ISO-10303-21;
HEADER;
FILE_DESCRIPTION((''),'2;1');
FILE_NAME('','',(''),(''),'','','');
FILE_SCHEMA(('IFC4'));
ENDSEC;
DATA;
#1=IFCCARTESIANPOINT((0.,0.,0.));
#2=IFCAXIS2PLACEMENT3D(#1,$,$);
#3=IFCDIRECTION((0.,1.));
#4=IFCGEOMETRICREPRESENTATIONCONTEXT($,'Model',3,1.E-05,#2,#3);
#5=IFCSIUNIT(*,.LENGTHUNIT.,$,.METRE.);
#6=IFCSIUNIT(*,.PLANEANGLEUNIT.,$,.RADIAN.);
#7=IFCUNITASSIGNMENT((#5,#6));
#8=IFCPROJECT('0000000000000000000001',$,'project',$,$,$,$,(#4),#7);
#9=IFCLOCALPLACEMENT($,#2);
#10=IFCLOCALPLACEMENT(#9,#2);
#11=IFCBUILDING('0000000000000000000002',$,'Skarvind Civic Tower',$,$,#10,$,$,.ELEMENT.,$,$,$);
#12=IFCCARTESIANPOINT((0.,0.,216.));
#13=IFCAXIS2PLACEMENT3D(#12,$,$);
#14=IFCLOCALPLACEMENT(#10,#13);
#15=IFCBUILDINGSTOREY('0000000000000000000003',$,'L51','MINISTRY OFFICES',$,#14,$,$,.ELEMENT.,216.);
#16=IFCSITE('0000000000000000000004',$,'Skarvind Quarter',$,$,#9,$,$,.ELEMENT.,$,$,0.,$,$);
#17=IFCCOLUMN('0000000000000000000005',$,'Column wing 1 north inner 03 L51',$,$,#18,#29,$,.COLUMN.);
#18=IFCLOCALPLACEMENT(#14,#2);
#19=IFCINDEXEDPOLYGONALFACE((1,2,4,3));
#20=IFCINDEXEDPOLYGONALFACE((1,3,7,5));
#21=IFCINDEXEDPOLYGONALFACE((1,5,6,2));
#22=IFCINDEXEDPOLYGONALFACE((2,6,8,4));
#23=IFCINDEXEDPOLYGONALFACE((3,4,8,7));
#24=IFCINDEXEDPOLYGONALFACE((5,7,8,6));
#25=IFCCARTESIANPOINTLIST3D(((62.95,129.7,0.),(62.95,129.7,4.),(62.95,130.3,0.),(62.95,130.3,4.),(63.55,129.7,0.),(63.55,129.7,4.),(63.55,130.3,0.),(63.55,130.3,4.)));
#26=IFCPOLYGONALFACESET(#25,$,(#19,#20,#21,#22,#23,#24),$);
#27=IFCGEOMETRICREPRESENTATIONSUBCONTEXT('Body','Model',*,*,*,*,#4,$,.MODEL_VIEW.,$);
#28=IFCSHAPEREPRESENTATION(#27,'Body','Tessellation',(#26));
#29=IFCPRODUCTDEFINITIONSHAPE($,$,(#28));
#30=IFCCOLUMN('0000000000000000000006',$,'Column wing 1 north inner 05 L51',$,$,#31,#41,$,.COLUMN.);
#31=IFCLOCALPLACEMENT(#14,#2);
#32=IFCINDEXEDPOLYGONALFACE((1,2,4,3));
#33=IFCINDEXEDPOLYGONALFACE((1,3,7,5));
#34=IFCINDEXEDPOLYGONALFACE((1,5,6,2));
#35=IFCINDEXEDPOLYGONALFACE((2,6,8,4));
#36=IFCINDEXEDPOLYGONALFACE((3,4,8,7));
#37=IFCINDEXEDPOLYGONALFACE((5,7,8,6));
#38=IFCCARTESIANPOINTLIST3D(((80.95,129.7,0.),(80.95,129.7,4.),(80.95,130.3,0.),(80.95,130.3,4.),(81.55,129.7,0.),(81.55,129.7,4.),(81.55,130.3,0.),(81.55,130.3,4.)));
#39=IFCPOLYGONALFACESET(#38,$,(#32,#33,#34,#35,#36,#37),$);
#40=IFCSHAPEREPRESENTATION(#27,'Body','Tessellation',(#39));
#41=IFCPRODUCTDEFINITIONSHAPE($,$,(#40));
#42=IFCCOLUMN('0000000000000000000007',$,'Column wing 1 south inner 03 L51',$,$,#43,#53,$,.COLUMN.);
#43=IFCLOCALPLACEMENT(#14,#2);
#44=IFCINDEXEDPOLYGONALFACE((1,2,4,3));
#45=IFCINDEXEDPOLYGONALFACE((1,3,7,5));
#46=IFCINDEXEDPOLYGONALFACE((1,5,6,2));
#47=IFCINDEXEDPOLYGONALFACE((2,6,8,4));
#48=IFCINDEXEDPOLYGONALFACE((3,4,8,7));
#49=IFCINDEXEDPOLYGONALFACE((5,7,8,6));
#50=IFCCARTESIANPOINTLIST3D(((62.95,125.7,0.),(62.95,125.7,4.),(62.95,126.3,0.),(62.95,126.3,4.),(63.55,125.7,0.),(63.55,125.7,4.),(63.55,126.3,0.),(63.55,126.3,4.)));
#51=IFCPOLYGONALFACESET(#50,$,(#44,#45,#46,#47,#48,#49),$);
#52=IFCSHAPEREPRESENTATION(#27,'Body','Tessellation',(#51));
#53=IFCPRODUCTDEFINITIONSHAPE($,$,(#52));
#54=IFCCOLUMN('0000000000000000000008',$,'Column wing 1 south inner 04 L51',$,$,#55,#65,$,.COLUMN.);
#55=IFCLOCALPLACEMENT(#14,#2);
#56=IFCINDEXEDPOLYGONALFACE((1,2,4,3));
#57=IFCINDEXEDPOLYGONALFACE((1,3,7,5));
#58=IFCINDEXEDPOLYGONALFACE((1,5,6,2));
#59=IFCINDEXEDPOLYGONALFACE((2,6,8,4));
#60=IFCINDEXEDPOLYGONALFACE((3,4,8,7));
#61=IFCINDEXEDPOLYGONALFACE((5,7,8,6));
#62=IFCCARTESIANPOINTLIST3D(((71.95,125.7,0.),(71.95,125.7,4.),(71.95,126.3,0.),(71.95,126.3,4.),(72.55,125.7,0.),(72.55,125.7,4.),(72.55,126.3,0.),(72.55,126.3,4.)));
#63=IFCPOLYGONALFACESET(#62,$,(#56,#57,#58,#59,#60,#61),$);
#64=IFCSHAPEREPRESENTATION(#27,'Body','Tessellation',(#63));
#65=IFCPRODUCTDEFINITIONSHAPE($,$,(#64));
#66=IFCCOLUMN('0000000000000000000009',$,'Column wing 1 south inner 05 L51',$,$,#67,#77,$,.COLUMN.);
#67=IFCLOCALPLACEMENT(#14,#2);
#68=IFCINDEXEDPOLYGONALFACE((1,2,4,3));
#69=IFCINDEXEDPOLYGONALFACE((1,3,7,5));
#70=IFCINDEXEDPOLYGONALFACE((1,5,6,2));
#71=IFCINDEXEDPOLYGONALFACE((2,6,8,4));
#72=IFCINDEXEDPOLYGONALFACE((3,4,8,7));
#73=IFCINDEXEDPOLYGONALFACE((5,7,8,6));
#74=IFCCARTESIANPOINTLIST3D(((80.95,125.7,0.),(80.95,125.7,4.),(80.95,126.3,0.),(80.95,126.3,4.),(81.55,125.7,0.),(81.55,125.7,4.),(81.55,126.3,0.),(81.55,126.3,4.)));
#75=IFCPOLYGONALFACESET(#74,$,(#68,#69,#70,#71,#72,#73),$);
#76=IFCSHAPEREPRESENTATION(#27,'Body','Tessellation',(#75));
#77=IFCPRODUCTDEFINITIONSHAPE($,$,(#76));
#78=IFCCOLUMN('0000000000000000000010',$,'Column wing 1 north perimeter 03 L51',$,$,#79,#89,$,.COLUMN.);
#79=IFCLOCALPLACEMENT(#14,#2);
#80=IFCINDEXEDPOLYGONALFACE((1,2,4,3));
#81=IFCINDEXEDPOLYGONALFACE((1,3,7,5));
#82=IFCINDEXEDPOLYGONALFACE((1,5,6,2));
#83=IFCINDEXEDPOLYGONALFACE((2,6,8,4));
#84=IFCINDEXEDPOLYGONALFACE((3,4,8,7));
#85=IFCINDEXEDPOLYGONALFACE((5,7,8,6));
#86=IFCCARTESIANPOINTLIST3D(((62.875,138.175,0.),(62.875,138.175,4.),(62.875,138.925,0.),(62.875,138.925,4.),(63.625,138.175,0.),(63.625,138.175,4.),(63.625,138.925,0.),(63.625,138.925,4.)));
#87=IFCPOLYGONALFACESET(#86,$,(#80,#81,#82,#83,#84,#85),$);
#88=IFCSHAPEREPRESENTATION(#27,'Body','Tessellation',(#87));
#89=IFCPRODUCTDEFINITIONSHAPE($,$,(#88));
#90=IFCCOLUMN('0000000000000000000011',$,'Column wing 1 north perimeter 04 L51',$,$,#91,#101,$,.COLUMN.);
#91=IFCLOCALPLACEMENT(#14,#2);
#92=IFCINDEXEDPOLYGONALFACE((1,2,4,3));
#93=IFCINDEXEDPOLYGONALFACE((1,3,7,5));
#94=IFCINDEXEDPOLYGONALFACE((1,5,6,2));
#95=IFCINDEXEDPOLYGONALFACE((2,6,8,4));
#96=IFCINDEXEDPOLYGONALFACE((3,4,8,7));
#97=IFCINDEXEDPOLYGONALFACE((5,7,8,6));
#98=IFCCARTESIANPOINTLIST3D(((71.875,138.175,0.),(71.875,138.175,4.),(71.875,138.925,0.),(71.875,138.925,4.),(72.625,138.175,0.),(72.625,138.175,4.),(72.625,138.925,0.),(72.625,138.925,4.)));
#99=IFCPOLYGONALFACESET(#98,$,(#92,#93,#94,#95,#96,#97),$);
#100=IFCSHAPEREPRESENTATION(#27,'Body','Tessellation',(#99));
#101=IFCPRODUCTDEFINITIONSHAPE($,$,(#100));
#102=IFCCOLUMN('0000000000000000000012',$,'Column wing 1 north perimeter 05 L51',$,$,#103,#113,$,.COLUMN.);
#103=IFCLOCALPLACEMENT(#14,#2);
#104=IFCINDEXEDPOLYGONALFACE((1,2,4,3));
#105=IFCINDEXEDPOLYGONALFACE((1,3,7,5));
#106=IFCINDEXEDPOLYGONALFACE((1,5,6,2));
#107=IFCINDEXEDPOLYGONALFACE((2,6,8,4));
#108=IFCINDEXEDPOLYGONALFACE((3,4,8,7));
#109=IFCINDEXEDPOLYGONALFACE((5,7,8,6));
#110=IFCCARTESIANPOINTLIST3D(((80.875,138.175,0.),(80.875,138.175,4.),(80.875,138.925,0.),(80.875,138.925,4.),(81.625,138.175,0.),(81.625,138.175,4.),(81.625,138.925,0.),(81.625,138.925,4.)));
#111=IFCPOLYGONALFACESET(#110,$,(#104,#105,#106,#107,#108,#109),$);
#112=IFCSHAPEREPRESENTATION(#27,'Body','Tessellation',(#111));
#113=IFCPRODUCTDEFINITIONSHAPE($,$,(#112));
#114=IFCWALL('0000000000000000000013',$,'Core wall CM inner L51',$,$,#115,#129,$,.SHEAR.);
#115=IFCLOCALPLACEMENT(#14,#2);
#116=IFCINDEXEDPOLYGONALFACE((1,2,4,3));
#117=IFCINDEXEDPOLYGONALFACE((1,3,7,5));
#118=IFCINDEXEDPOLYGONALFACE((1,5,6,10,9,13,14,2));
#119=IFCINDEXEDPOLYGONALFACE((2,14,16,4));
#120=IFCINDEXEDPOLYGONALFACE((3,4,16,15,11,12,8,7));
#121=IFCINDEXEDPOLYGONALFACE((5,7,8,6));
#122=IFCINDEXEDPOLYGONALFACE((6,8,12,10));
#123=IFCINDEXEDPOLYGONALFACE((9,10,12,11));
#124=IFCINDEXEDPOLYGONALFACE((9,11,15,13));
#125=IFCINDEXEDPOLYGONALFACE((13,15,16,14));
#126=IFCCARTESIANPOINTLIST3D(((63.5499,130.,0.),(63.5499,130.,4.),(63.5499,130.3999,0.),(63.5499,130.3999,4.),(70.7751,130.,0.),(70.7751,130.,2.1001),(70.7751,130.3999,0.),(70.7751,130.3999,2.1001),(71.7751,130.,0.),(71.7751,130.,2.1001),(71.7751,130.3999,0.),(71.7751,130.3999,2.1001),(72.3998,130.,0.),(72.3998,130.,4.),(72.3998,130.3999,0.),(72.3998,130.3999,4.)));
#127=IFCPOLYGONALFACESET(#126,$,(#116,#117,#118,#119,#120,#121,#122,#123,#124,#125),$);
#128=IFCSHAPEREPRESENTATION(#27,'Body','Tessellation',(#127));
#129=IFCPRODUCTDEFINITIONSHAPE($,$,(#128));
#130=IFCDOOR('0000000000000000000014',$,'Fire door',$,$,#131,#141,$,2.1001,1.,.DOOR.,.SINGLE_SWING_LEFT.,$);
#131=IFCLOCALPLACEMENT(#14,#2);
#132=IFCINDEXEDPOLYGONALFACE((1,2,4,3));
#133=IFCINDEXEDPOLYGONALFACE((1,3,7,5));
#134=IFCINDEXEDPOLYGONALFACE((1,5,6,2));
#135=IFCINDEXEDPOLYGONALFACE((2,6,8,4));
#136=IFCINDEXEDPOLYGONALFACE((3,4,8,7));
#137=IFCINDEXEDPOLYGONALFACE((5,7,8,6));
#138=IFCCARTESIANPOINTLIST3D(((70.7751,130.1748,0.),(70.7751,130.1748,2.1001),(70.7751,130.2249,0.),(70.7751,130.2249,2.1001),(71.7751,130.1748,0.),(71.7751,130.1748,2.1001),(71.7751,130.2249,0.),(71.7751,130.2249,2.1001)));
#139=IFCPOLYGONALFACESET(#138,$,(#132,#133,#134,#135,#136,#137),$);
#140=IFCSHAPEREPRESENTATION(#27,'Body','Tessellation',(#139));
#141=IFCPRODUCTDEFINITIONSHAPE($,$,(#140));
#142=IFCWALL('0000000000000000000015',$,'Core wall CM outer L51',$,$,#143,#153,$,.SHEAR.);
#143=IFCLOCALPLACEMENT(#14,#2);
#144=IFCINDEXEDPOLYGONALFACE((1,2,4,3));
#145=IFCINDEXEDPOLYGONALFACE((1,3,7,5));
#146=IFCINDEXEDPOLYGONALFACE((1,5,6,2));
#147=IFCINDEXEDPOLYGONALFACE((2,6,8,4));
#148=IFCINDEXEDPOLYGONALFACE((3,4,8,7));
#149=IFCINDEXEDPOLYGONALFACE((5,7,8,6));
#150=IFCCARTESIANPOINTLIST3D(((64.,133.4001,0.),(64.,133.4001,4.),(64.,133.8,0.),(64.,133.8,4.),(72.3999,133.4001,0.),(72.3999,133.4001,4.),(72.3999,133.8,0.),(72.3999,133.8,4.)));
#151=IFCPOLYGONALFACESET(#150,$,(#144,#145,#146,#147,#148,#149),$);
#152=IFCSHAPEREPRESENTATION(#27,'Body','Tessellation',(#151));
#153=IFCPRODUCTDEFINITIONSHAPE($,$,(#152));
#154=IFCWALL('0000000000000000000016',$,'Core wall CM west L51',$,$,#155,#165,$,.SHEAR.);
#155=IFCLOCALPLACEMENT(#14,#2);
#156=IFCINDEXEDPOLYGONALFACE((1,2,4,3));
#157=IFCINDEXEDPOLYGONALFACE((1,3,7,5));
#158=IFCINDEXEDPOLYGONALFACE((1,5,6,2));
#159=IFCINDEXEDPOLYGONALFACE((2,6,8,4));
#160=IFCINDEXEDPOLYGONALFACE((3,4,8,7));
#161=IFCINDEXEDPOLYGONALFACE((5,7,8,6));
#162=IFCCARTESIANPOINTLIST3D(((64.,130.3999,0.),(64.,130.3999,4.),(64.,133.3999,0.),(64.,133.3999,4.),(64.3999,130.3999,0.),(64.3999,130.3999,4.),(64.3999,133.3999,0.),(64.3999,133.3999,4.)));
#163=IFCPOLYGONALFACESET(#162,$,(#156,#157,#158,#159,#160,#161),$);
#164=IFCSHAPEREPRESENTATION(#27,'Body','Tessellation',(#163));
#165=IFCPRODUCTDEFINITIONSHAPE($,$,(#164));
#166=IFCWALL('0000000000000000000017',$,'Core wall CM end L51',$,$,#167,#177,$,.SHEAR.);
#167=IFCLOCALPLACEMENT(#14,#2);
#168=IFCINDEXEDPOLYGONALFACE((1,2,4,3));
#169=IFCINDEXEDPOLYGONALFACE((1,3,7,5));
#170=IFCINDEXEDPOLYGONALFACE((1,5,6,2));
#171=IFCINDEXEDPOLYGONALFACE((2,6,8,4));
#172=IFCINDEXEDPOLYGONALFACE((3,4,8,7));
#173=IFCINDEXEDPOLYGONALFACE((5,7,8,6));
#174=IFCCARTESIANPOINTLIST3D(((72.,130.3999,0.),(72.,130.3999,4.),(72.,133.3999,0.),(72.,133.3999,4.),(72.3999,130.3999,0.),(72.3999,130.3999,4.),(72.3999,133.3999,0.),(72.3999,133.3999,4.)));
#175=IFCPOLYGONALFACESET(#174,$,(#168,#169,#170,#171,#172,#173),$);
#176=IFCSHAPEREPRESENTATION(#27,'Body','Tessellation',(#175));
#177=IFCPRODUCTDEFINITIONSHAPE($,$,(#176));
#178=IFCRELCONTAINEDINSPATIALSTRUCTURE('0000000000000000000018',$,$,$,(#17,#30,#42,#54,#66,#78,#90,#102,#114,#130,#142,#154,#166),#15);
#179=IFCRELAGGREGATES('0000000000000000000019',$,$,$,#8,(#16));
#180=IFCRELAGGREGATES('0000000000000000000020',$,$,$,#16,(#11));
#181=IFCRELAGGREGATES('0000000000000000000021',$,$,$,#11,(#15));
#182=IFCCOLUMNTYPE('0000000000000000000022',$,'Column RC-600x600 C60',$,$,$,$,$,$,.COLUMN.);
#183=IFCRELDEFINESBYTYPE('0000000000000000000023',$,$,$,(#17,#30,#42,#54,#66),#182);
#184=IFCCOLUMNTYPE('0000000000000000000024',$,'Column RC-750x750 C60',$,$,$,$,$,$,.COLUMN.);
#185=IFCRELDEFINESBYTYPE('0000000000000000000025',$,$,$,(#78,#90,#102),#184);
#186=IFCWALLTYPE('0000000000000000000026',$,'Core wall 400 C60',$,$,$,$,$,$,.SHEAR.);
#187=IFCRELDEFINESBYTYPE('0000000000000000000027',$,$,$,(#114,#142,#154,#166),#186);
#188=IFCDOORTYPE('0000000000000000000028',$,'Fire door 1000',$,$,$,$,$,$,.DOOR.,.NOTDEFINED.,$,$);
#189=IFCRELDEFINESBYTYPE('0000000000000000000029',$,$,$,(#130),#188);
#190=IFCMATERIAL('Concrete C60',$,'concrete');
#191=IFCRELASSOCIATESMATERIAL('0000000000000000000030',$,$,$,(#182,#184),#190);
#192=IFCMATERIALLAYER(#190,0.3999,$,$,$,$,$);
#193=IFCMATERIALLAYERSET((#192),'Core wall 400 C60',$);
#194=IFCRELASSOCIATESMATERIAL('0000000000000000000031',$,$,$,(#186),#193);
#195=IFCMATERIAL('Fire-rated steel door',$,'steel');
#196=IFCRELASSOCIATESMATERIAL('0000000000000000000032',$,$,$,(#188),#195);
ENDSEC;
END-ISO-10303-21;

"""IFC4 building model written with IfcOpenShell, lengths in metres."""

from ifc_helpers import new_model, si_unit, direction, frame, frame_2d, origin, origin_2d, place, context, subcontext, project, spatial, rectangle, extrude, material, layer, layer_set, material_profile, profile_set, type_object, element, fill, save


model = new_model("IFC4")

# Units and contexts
model_context = context("Model", 3, precision=1e-05, world=origin(), true_north=direction((0.0, 1.0)))
body_context = subcontext(model_context, "Body", "Model", "MODEL_VIEW")
ifc_project = project(units=[si_unit("LENGTHUNIT", "METRE"), si_unit("PLANEANGLEUNIT", "RADIAN")], contexts=[model_context])

# Site, building, storey
site_placement = place(None, origin())
site = spatial("IfcSite", under=ifc_project, at=site_placement, Name="Skarvind Quarter", CompositionType="ELEMENT", RefElevation=0.0)
building_placement = place(site_placement, origin())
building = spatial("IfcBuilding", under=site, at=building_placement, Name="Skarvind Civic Tower", CompositionType="ELEMENT")
storey_placement = place(building_placement, frame((0.0, 0.0, 216.0)))
storey = spatial("IfcBuildingStorey", under=building, at=storey_placement, Name="L51", Description="MINISTRY OFFICES", CompositionType="ELEMENT", Elevation=216.0)

# Columns
ifc_material_1 = material(Name="Concrete C60", Category="concrete")
ifc_material_profile_1 = material_profile(ifc_material_1, rectangle(XDim=0.6001, YDim=0.6001, at=origin_2d()), Name="RC-600x600")
ifc_profile_set_1 = profile_set([ifc_material_profile_1], Name="Concrete C60")
column_type_1 = type_object("IfcColumnType", Name="Column RC-600x600 C60", PredefinedType="COLUMN", material=ifc_profile_set_1)
for number, where, z_axis, x_axis, name in (
    (1, (63.25, 130.0, 0.0), (0.0, 0.0, 1.0), (1.0, 0.0, 0.0), "Column wing 1 north inner 03 L51"),
    (2, (81.25, 130.0, 0.0), (0.0, 0.0, 1.0), (1.0, 0.0, 0.0), "Column wing 1 north inner 05 L51"),
    (3, (63.25, 126.0, 0.0), (0.0, 0.0, 1.0), (1.0, 0.0, 0.0), "Column wing 1 south inner 03 L51"),
    (4, (72.25, 126.0, 0.0), (0.0, 0.0, 1.0), (1.0, 0.0, 0.0), "Column wing 1 south inner 04 L51"),
    (5, (81.25, 126.0, 0.0), (0.0, 0.0, 1.0), (1.0, 0.0, 0.0), "Column wing 1 south inner 05 L51"),
):
    element("IfcColumn", number, at=place(storey_placement, frame(where, z_axis=z_axis, x_axis=x_axis)), inside=storey, type_object=column_type_1, Name=name, PredefinedType="COLUMN", context=body_context, shape_type="SweptSolid", body=[
        extrude(rectangle(XDim=0.6001, YDim=0.6001, at=origin_2d()), origin(), (0.0, 0.0, 1.0), 4.0),
    ])
ifc_material_profile_2 = material_profile(ifc_material_1, rectangle(XDim=0.75, YDim=0.75, at=origin_2d()), Name="RC-750x750")
ifc_profile_set_2 = profile_set([ifc_material_profile_2], Name="Concrete C60")
column_type_2 = type_object("IfcColumnType", Name="Column RC-750x750 C60", PredefinedType="COLUMN", material=ifc_profile_set_2)
for number, where, z_axis, x_axis, name in (
    (6, (63.25, 138.55, 0.0), (0.0, 0.0, 1.0), (1.0, 0.0, 0.0), "Column wing 1 north perimeter 03 L51"),
    (7, (72.25, 138.55, 0.0), (0.0, 0.0, 1.0), (1.0, 0.0, 0.0), "Column wing 1 north perimeter 04 L51"),
    (8, (81.25, 138.55, 0.0), (0.0, 0.0, 1.0), (1.0, 0.0, 0.0), "Column wing 1 north perimeter 05 L51"),
):
    element("IfcColumn", number, at=place(storey_placement, frame(where, z_axis=z_axis, x_axis=x_axis)), inside=storey, type_object=column_type_2, Name=name, PredefinedType="COLUMN", context=body_context, shape_type="SweptSolid", body=[
        extrude(rectangle(XDim=0.75, YDim=0.75, at=origin_2d()), origin(), (0.0, 0.0, 1.0), 4.0),
    ])

# Wall, opening, door
ifc_layer_1 = layer(ifc_material_1, 0.3999)
ifc_layer_set_1 = layer_set([ifc_layer_1], Name="Core wall 400 C60")
wall_type_1 = type_object("IfcWallType", Name="Core wall 400 C60", PredefinedType="SHEAR", material=ifc_layer_set_1)
wall_1_placement = place(storey_placement, frame((63.55, 130.2, 0.0), z_axis=(0.0, 0.0, 1.0), x_axis=(1.0, 0.0, 0.0)))
wall_1 = element("IfcWall", 9, at=wall_1_placement, inside=storey, type_object=wall_type_1, Name="Core wall CM inner L51", PredefinedType="SHEAR", context=body_context, shape_type="SweptSolid", body=[
    extrude(rectangle(XDim=8.8499, YDim=0.3999, at=frame_2d((4.4248, 0.0))), origin(), (0.0, 0.0, 1.0), 4.0),
])
opening_1_placement = place(wall_1_placement, frame((7.2251, 0.0, 0.0)))
opening_1 = element("IfcOpeningElement", 10, at=opening_1_placement, cuts=wall_1, PredefinedType="OPENING", context=body_context, shape_type="SweptSolid", body=[
    extrude(rectangle(XDim=1.0, YDim=2.1001, at=frame_2d((0.5, 1.05))), frame((0.0, 0.21, 0.0), z_axis=(0.0, -1.0, 0.0), x_axis=(1.0, 0.0, 0.0)), (0.0, 0.0, 1.0), 0.4199),
])
ifc_material_2 = material(Name="Fire-rated steel door", Category="steel")
door_type_1 = type_object("IfcDoorType", Name="Fire door 1000", OperationType="NOTDEFINED", PredefinedType="DOOR", material=ifc_material_2)
door_1_placement = place(opening_1_placement, origin())
door_1 = element("IfcDoor", 11, at=door_1_placement, inside=storey, type_object=door_type_1, Name="Fire door", OperationType="SINGLE_SWING_LEFT", OverallHeight=2.1001, OverallWidth=1.0, PredefinedType="DOOR", context=body_context, shape_type="SweptSolid", body=[
    extrude(rectangle(XDim=1.0, YDim=2.1001, at=frame_2d((0.5, 1.05))), frame((0.0, 0.0249, 0.0), z_axis=(0.0, -1.0, 0.0), x_axis=(1.0, 0.0, 0.0)), (0.0, 0.0, 1.0), 0.05),
])
fill(opening_1, door_1)

# Walls
wall_2_placement = place(storey_placement, frame((64.0, 133.6001, 0.0), z_axis=(0.0, 0.0, 1.0), x_axis=(1.0, 0.0, 0.0)))
element("IfcWall", 12, at=wall_2_placement, inside=storey, type_object=wall_type_1, Name="Core wall CM outer L51", PredefinedType="SHEAR", context=body_context, shape_type="SweptSolid", body=[
    extrude(rectangle(XDim=8.3999, YDim=0.3999, at=frame_2d((4.2, 0.0))), origin(), (0.0, 0.0, 1.0), 4.0),
])
for number, where, z_axis, x_axis, name in (
    (13, (64.2, 130.3999, 0.0), (0.0, 0.0, 1.0), (0.0, 1.0, 0.0), "Core wall CM west L51"),
    (14, (72.2, 130.3999, 0.0), (0.0, 0.0, 1.0), (0.0, 1.0, 0.0), "Core wall CM end L51"),
):
    element("IfcWall", number, at=place(storey_placement, frame(where, z_axis=z_axis, x_axis=x_axis)), inside=storey, type_object=wall_type_1, Name=name, PredefinedType="SHEAR", context=body_context, shape_type="SweptSolid", body=[
        extrude(rectangle(XDim=3.0, YDim=0.3999, at=frame_2d((1.5, 0.0))), origin(), (0.0, 0.0, 1.0), 4.0),
    ])

save(model, "model.ifc")
